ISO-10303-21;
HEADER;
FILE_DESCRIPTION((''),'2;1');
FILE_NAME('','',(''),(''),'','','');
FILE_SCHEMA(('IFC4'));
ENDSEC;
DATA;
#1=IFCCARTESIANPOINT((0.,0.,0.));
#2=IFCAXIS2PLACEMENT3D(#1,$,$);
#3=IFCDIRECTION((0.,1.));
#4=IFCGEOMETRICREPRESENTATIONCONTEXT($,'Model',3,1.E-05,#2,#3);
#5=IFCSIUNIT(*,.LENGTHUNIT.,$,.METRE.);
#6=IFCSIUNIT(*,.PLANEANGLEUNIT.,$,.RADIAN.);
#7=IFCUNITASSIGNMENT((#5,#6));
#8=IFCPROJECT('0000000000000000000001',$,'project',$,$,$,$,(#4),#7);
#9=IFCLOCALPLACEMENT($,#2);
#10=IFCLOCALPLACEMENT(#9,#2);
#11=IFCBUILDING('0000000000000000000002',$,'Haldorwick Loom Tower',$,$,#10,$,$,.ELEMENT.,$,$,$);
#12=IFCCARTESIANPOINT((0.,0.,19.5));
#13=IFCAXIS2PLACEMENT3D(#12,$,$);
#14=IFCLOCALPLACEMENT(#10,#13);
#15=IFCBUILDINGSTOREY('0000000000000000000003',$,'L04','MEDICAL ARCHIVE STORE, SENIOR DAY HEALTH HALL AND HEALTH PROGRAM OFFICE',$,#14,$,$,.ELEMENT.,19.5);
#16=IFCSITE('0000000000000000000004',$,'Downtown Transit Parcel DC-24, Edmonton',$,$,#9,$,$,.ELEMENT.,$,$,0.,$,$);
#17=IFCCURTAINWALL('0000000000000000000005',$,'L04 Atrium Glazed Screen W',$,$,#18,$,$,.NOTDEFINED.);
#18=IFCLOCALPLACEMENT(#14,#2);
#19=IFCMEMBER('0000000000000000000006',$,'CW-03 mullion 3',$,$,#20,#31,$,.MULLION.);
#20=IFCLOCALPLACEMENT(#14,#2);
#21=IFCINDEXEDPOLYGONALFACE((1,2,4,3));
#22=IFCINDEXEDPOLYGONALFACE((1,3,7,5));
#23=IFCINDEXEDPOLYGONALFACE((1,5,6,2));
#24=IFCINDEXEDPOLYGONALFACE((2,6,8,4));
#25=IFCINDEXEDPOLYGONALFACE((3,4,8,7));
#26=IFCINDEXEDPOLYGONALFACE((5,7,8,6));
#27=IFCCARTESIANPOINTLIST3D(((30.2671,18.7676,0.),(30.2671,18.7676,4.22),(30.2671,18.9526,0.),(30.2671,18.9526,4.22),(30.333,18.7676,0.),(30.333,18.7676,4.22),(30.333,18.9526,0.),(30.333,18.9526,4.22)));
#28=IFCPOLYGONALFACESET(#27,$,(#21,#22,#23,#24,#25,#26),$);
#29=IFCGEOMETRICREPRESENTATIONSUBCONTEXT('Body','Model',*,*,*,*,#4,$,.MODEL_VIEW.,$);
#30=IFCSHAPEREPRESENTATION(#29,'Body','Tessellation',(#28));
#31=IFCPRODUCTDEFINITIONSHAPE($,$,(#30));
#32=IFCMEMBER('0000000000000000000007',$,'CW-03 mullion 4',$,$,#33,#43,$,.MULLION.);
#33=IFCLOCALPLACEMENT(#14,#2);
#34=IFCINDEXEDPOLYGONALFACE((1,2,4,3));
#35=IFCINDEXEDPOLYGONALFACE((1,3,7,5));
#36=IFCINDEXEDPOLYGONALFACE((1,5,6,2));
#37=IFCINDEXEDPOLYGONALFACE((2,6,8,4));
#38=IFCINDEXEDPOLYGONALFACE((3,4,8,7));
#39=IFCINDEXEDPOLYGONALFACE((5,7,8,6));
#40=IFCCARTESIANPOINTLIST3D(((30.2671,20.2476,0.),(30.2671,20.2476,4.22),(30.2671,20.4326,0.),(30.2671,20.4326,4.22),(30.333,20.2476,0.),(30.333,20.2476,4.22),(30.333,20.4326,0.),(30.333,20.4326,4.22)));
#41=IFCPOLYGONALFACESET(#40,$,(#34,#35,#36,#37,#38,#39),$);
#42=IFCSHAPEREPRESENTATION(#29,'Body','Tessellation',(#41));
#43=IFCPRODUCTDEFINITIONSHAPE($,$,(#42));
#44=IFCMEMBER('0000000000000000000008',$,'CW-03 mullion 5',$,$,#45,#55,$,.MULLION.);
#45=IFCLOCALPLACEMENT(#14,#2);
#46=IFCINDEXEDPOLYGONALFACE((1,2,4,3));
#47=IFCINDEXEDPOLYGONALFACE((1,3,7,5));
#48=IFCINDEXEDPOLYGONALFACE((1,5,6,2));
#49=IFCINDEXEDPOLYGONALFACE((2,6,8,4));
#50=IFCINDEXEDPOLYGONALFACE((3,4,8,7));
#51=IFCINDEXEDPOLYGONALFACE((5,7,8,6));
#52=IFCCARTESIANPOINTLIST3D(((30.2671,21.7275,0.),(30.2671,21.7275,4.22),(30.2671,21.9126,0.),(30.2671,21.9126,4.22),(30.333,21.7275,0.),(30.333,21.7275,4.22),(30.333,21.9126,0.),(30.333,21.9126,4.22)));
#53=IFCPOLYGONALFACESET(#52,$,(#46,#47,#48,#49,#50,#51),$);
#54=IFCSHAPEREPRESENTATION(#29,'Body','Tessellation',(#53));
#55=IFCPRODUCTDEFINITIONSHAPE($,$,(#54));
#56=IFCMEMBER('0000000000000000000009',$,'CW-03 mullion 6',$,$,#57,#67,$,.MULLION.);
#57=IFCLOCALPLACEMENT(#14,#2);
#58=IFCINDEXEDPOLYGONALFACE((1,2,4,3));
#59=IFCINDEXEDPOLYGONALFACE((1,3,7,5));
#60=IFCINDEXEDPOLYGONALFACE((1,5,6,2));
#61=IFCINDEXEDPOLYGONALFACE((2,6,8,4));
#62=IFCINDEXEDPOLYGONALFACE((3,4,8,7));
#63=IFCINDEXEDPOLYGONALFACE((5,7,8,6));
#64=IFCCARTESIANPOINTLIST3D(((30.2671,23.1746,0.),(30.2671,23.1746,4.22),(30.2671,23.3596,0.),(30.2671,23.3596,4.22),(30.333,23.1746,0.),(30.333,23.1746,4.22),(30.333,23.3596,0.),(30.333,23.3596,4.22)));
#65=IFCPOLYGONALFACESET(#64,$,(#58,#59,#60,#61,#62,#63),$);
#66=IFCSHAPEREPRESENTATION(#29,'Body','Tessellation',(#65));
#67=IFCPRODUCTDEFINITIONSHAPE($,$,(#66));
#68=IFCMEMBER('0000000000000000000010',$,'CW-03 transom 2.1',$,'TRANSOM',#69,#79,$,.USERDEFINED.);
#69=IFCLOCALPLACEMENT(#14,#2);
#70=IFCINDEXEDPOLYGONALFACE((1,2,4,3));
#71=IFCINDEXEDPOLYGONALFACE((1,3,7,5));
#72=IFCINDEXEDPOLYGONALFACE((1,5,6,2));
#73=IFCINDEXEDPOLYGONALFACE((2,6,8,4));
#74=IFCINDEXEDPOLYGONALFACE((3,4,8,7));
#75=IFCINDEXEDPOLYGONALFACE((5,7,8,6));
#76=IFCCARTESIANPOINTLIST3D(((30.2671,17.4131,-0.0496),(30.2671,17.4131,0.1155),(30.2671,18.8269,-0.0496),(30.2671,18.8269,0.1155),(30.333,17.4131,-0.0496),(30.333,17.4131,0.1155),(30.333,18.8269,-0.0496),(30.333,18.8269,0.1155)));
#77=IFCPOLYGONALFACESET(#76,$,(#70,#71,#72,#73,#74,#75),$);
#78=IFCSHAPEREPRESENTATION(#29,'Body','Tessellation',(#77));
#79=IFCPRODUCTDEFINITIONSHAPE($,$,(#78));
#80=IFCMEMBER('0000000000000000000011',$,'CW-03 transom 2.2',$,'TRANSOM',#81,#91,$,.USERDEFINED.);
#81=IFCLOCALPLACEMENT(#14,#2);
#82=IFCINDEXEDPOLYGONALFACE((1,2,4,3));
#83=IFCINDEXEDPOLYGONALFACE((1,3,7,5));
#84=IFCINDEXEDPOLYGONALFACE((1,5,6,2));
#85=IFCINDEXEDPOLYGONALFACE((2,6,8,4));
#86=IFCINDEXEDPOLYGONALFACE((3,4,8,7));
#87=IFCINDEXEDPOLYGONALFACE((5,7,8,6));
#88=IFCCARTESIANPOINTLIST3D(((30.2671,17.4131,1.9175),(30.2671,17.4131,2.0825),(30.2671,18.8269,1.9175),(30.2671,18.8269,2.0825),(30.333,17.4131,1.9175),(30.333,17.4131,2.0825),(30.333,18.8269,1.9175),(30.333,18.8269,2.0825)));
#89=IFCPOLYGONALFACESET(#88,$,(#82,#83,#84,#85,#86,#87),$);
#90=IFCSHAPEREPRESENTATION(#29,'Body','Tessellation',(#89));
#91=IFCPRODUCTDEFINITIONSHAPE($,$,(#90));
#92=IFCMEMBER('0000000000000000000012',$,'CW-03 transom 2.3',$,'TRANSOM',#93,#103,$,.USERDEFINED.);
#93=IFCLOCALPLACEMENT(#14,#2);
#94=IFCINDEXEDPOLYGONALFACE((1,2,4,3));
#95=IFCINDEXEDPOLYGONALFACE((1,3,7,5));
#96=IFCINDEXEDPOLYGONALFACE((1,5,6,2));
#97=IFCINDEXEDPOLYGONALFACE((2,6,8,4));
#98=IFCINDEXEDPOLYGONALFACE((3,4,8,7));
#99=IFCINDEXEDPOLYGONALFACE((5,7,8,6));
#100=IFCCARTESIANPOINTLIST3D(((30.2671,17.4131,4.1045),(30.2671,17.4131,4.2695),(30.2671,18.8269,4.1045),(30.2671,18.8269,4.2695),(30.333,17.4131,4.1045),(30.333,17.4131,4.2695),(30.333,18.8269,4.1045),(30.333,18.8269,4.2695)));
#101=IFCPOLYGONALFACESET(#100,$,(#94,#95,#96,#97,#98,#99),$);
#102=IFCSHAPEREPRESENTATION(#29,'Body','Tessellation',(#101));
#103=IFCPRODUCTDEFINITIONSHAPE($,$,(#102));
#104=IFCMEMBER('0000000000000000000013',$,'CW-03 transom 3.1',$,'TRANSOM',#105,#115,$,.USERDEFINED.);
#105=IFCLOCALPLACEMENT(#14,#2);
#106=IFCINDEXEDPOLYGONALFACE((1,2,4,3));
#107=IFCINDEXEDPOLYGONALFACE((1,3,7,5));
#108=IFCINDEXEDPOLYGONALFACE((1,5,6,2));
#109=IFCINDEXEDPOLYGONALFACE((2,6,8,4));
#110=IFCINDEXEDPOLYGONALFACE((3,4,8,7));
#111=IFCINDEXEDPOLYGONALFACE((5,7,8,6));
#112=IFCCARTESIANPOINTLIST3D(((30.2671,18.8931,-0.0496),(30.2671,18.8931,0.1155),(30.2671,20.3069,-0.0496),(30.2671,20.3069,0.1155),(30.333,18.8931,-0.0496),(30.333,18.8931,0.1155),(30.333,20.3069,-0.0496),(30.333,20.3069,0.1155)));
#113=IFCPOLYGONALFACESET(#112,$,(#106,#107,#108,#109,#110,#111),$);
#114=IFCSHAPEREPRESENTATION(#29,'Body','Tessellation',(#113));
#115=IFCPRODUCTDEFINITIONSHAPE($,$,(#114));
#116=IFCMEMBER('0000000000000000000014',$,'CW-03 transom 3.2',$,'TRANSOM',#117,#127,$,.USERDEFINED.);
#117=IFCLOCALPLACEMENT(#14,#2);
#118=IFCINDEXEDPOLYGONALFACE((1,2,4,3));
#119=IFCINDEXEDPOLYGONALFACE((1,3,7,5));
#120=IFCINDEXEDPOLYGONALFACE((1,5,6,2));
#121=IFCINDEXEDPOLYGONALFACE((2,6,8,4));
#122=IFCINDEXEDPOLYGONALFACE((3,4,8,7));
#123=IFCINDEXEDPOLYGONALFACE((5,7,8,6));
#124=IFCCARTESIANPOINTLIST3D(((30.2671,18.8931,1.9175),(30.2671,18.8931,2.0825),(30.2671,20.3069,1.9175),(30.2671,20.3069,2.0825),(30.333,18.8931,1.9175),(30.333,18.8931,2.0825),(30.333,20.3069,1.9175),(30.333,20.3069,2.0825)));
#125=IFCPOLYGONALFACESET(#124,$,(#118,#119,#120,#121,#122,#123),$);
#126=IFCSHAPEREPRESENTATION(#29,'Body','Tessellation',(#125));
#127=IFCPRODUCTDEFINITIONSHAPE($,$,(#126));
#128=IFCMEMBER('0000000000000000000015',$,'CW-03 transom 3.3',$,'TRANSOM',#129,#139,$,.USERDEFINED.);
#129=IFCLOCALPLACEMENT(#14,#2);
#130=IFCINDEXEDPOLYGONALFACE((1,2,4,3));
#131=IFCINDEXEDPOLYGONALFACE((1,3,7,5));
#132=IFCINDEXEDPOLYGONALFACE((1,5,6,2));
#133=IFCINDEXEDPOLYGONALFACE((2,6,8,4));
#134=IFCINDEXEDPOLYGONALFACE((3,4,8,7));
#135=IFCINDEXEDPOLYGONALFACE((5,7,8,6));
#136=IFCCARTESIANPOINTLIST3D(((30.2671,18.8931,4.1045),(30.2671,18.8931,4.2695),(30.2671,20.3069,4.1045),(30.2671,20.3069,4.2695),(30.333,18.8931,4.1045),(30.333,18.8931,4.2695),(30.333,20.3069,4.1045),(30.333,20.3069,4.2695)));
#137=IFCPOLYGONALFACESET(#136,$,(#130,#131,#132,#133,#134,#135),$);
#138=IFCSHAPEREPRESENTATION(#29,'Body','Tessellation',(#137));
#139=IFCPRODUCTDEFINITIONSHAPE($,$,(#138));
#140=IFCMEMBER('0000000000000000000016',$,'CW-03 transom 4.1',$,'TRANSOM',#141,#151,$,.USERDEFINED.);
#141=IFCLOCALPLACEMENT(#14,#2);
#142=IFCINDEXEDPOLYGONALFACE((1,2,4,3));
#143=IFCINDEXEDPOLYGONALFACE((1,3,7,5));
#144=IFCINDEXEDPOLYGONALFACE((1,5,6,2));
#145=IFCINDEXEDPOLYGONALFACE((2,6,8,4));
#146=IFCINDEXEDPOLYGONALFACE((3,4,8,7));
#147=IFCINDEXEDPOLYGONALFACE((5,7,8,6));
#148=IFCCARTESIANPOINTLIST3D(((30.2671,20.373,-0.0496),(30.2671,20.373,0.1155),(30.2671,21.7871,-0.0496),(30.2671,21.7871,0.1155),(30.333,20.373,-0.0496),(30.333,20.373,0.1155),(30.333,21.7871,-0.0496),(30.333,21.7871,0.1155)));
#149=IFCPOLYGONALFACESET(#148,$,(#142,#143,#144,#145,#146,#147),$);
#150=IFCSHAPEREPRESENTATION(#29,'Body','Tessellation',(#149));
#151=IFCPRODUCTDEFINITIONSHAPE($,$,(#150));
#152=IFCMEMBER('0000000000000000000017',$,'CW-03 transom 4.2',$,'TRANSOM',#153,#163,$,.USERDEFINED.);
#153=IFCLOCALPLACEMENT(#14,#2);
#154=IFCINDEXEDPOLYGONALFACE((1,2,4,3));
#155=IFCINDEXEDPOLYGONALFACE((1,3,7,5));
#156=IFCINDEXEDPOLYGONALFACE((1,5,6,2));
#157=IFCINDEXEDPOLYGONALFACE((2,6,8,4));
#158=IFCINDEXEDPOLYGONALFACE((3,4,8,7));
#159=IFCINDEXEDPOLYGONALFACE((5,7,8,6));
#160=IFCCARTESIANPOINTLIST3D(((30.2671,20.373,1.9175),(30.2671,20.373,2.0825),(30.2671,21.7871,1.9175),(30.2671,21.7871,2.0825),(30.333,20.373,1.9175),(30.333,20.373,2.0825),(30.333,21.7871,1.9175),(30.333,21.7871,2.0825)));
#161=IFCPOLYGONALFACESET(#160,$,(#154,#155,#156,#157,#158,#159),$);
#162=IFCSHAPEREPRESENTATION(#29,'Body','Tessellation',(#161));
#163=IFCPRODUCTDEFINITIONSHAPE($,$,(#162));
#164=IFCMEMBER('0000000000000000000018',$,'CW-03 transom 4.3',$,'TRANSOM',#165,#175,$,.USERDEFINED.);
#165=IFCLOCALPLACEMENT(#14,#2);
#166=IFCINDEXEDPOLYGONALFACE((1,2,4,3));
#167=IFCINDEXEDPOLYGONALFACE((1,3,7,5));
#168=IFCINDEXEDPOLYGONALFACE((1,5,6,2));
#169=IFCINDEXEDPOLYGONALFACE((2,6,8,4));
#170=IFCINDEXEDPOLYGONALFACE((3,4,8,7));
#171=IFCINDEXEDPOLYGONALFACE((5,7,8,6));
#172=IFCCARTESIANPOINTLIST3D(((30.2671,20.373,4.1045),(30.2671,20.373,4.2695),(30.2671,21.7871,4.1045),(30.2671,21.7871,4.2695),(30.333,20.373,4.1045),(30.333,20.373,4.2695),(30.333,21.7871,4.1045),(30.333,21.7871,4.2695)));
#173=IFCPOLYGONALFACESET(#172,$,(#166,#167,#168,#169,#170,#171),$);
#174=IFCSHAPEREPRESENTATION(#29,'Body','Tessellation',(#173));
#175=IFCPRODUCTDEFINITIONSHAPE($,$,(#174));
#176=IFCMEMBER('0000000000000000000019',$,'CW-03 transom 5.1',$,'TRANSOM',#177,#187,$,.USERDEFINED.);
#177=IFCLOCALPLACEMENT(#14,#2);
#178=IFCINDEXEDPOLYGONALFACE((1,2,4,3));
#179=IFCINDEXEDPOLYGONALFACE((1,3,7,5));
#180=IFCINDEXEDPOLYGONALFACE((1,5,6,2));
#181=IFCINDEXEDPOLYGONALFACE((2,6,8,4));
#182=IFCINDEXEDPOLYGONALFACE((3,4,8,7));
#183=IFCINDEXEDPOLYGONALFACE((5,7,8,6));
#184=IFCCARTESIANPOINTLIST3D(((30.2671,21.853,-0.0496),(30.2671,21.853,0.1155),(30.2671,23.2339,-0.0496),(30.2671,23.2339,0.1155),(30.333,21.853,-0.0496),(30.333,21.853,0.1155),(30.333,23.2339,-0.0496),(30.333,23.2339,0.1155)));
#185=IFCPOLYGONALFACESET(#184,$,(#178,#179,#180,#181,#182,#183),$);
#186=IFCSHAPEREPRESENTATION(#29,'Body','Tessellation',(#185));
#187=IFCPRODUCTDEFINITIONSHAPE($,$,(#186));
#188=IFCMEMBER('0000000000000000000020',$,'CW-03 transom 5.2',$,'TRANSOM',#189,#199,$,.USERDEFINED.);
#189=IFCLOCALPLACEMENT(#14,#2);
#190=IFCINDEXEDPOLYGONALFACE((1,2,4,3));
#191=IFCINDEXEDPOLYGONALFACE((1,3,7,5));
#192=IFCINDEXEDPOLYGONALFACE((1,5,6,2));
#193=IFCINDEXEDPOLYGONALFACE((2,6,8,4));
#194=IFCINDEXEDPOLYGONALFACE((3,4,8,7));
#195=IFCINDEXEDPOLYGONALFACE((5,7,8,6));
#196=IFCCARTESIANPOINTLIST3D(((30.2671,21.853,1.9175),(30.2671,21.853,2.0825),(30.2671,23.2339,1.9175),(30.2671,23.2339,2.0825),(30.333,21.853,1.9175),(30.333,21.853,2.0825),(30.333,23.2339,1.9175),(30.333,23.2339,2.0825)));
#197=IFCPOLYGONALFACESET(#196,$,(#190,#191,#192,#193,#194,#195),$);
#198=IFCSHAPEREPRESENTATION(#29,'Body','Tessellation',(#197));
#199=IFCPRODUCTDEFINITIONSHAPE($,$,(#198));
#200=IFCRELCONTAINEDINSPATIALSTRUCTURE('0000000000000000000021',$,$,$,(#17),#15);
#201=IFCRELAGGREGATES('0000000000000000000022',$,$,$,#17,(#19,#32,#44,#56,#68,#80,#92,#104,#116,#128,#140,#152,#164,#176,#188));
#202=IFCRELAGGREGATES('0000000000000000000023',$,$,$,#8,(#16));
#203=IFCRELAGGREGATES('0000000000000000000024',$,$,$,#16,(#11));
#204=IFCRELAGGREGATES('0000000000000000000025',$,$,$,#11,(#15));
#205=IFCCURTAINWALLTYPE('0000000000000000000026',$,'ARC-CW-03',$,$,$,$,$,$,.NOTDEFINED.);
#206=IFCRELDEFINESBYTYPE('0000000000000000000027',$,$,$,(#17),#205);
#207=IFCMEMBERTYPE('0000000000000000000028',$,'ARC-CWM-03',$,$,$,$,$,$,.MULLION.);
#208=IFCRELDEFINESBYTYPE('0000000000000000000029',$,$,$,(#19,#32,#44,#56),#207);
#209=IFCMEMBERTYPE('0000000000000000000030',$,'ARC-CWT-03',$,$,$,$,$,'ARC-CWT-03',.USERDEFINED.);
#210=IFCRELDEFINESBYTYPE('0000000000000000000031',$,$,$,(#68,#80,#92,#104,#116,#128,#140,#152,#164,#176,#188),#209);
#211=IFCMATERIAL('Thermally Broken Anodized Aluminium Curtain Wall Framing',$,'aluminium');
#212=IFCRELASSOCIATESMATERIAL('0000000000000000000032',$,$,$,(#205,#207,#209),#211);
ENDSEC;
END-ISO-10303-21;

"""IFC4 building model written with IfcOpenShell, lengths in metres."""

from ifc_helpers import new_model, si_unit, direction, frame, origin, origin_2d, place, context, subcontext, project, spatial, rectangle, extrude, material, material_profile, profile_set, type_object, element, aggregate, save


model = new_model("IFC4")

# Units and contexts
model_context = context("Model", 3, precision=1e-05, world=origin(), true_north=direction((0.0, 1.0)))
body_context = subcontext(model_context, "Body", "Model", "MODEL_VIEW")
ifc_project = project(units=[si_unit("LENGTHUNIT", "METRE"), si_unit("PLANEANGLEUNIT", "RADIAN")], contexts=[model_context])

# Site, building, storey
site_placement = place(None, origin())
site = spatial("IfcSite", under=ifc_project, at=site_placement, Name="Downtown Transit Parcel DC-24, Edmonton", CompositionType="ELEMENT", RefElevation=0.0)
building_placement = place(site_placement, origin())
building = spatial("IfcBuilding", under=site, at=building_placement, Name="Haldorwick Loom Tower", CompositionType="ELEMENT")
storey_placement = place(building_placement, frame((0.0, 0.0, 19.5)))
storey = spatial("IfcBuildingStorey", under=building, at=storey_placement, Name="L04", Description="MEDICAL ARCHIVE STORE, SENIOR DAY HEALTH HALL AND HEALTH PROGRAM OFFICE", CompositionType="ELEMENT", Elevation=19.5)

# Curtain wall, members
ifc_material_1 = material(Name="Thermally Broken Anodized Aluminium Curtain Wall Framing", Category="aluminium")
curtain_wall_type = type_object("IfcCurtainWallType", Name="ARC-CW-03", PredefinedType="NOTDEFINED", material=ifc_material_1)
curtain_wall_placement = place(storey_placement, origin())
curtain_wall = element("IfcCurtainWall", 1, at=curtain_wall_placement, inside=storey, type_object=curtain_wall_type, Name="L04 Atrium Glazed Screen W", PredefinedType="NOTDEFINED")
ifc_material_profile_1 = material_profile(ifc_material_1, rectangle(XDim=0.0659, YDim=0.1851, at=origin_2d()), Name="ALU_MUL_66X185", Category="aluminium")
ifc_profile_set_1 = profile_set([ifc_material_profile_1], Name="Thermally Broken Anodized Aluminium Curtain Wall Framing")
member_type_1 = type_object("IfcMemberType", Name="ARC-CWM-03", PredefinedType="MULLION", material=ifc_profile_set_1)
member_1_placement = place(storey_placement, frame((30.3, 18.8601, 0.0), z_axis=(0.0, 0.0, 1.0), x_axis=(-1.0, 0.0, 0.0)))
member_1 = element("IfcMember", 2, at=member_1_placement, type_object=member_type_1, Name="CW-03 mullion 3", PredefinedType="MULLION", context=body_context, shape_type="SweptSolid", body=[
    extrude(rectangle(XDim=0.0659, YDim=0.1851, at=origin_2d()), origin(), (0.0, 0.0, 1.0), 4.22),
])
member_2_placement = place(storey_placement, frame((30.3, 20.3401, 0.0), z_axis=(0.0, 0.0, 1.0), x_axis=(-1.0, 0.0, 0.0)))
member_2 = element("IfcMember", 3, at=member_2_placement, type_object=member_type_1, Name="CW-03 mullion 4", PredefinedType="MULLION", context=body_context, shape_type="SweptSolid", body=[
    extrude(rectangle(XDim=0.0659, YDim=0.1851, at=origin_2d()), origin(), (0.0, 0.0, 1.0), 4.22),
])
member_3_placement = place(storey_placement, frame((30.3, 21.8201, 0.0), z_axis=(0.0, 0.0, 1.0), x_axis=(-1.0, 0.0, 0.0)))
member_3 = element("IfcMember", 4, at=member_3_placement, type_object=member_type_1, Name="CW-03 mullion 5", PredefinedType="MULLION", context=body_context, shape_type="SweptSolid", body=[
    extrude(rectangle(XDim=0.0659, YDim=0.1851, at=origin_2d()), origin(), (0.0, 0.0, 1.0), 4.22),
])
member_4_placement = place(storey_placement, frame((30.3, 23.2671, 0.0), z_axis=(0.0, 0.0, 1.0), x_axis=(-1.0, 0.0, 0.0)))
member_4 = element("IfcMember", 5, at=member_4_placement, type_object=member_type_1, Name="CW-03 mullion 6", PredefinedType="MULLION", context=body_context, shape_type="SweptSolid", body=[
    extrude(rectangle(XDim=0.0659, YDim=0.1851, at=origin_2d()), origin(), (0.0, 0.0, 1.0), 4.22),
])
ifc_material_profile_2 = material_profile(ifc_material_1, rectangle(XDim=0.0659, YDim=0.165, at=origin_2d()), Name="ALU_TRN_66X165", Category="aluminium")
ifc_profile_set_2 = profile_set([ifc_material_profile_2], Name="Thermally Broken Anodized Aluminium Curtain Wall Framing")
member_type_2 = type_object("IfcMemberType", Name="ARC-CWT-03", ElementType="ARC-CWT-03", PredefinedType="USERDEFINED", material=ifc_profile_set_2)
member_5_placement = place(storey_placement, frame((30.3, 17.4131, 0.033), z_axis=(0.0, 1.0, 0.0), x_axis=(-1.0, 0.0, 0.0)))
member_5 = element("IfcMember", 6, at=member_5_placement, type_object=member_type_2, Name="CW-03 transom 2.1", ObjectType="TRANSOM", PredefinedType="USERDEFINED", context=body_context, shape_type="SweptSolid", body=[
    extrude(rectangle(XDim=0.0659, YDim=0.165, at=origin_2d()), origin(), (0.0, 0.0, 1.0), 1.4138),
])
member_6_placement = place(storey_placement, frame((30.3, 17.4131, 2.0), z_axis=(0.0, 1.0, 0.0), x_axis=(-1.0, 0.0, 0.0)))
member_6 = element("IfcMember", 7, at=member_6_placement, type_object=member_type_2, Name="CW-03 transom 2.2", ObjectType="TRANSOM", PredefinedType="USERDEFINED", context=body_context, shape_type="SweptSolid", body=[
    extrude(rectangle(XDim=0.0659, YDim=0.165, at=origin_2d()), origin(), (0.0, 0.0, 1.0), 1.4138),
])
member_7_placement = place(storey_placement, frame((30.3, 17.4131, 4.187), z_axis=(0.0, 1.0, 0.0), x_axis=(-1.0, 0.0, 0.0)))
member_7 = element("IfcMember", 8, at=member_7_placement, type_object=member_type_2, Name="CW-03 transom 2.3", ObjectType="TRANSOM", PredefinedType="USERDEFINED", context=body_context, shape_type="SweptSolid", body=[
    extrude(rectangle(XDim=0.0659, YDim=0.165, at=origin_2d()), origin(), (0.0, 0.0, 1.0), 1.4138),
])
member_8_placement = place(storey_placement, frame((30.3, 18.8931, 0.033), z_axis=(0.0, 1.0, 0.0), x_axis=(-1.0, 0.0, 0.0)))
member_8 = element("IfcMember", 9, at=member_8_placement, type_object=member_type_2, Name="CW-03 transom 3.1", ObjectType="TRANSOM", PredefinedType="USERDEFINED", context=body_context, shape_type="SweptSolid", body=[
    extrude(rectangle(XDim=0.0659, YDim=0.165, at=origin_2d()), origin(), (0.0, 0.0, 1.0), 1.4138),
])
member_9_placement = place(storey_placement, frame((30.3, 18.8931, 2.0), z_axis=(0.0, 1.0, 0.0), x_axis=(-1.0, 0.0, 0.0)))
member_9 = element("IfcMember", 10, at=member_9_placement, type_object=member_type_2, Name="CW-03 transom 3.2", ObjectType="TRANSOM", PredefinedType="USERDEFINED", context=body_context, shape_type="SweptSolid", body=[
    extrude(rectangle(XDim=0.0659, YDim=0.165, at=origin_2d()), origin(), (0.0, 0.0, 1.0), 1.4138),
])
member_10_placement = place(storey_placement, frame((30.3, 18.8931, 4.187), z_axis=(0.0, 1.0, 0.0), x_axis=(-1.0, 0.0, 0.0)))
member_10 = element("IfcMember", 11, at=member_10_placement, type_object=member_type_2, Name="CW-03 transom 3.3", ObjectType="TRANSOM", PredefinedType="USERDEFINED", context=body_context, shape_type="SweptSolid", body=[
    extrude(rectangle(XDim=0.0659, YDim=0.165, at=origin_2d()), origin(), (0.0, 0.0, 1.0), 1.4138),
])
member_11_placement = place(storey_placement, frame((30.3, 20.373, 0.033), z_axis=(0.0, 1.0, 0.0), x_axis=(-1.0, 0.0, 0.0)))
member_11 = element("IfcMember", 12, at=member_11_placement, type_object=member_type_2, Name="CW-03 transom 4.1", ObjectType="TRANSOM", PredefinedType="USERDEFINED", context=body_context, shape_type="SweptSolid", body=[
    extrude(rectangle(XDim=0.0659, YDim=0.165, at=origin_2d()), origin(), (0.0, 0.0, 1.0), 1.4141),
])
member_12_placement = place(storey_placement, frame((30.3, 20.373, 2.0), z_axis=(0.0, 1.0, 0.0), x_axis=(-1.0, 0.0, 0.0)))
member_12 = element("IfcMember", 13, at=member_12_placement, type_object=member_type_2, Name="CW-03 transom 4.2", ObjectType="TRANSOM", PredefinedType="USERDEFINED", context=body_context, shape_type="SweptSolid", body=[
    extrude(rectangle(XDim=0.0659, YDim=0.165, at=origin_2d()), origin(), (0.0, 0.0, 1.0), 1.4141),
])
member_13_placement = place(storey_placement, frame((30.3, 20.373, 4.187), z_axis=(0.0, 1.0, 0.0), x_axis=(-1.0, 0.0, 0.0)))
member_13 = element("IfcMember", 14, at=member_13_placement, type_object=member_type_2, Name="CW-03 transom 4.3", ObjectType="TRANSOM", PredefinedType="USERDEFINED", context=body_context, shape_type="SweptSolid", body=[
    extrude(rectangle(XDim=0.0659, YDim=0.165, at=origin_2d()), origin(), (0.0, 0.0, 1.0), 1.4141),
])
member_14_placement = place(storey_placement, frame((30.3, 21.853, 0.033), z_axis=(0.0, 1.0, 0.0), x_axis=(-1.0, 0.0, 0.0)))
member_14 = element("IfcMember", 15, at=member_14_placement, type_object=member_type_2, Name="CW-03 transom 5.1", ObjectType="TRANSOM", PredefinedType="USERDEFINED", context=body_context, shape_type="SweptSolid", body=[
    extrude(rectangle(XDim=0.0659, YDim=0.165, at=origin_2d()), origin(), (0.0, 0.0, 1.0), 1.3809),
])
member_15_placement = place(storey_placement, frame((30.3, 21.853, 2.0), z_axis=(0.0, 1.0, 0.0), x_axis=(-1.0, 0.0, 0.0)))
member_15 = element("IfcMember", 16, at=member_15_placement, type_object=member_type_2, Name="CW-03 transom 5.2", ObjectType="TRANSOM", PredefinedType="USERDEFINED", context=body_context, shape_type="SweptSolid", body=[
    extrude(rectangle(XDim=0.0659, YDim=0.165, at=origin_2d()), origin(), (0.0, 0.0, 1.0), 1.3809),
])
aggregate(curtain_wall, [member_1, member_2, member_3, member_4, member_5, member_6, member_7, member_8, member_9, member_10, member_11, member_12, member_13, member_14, member_15])

save(model, "model.ifc")
